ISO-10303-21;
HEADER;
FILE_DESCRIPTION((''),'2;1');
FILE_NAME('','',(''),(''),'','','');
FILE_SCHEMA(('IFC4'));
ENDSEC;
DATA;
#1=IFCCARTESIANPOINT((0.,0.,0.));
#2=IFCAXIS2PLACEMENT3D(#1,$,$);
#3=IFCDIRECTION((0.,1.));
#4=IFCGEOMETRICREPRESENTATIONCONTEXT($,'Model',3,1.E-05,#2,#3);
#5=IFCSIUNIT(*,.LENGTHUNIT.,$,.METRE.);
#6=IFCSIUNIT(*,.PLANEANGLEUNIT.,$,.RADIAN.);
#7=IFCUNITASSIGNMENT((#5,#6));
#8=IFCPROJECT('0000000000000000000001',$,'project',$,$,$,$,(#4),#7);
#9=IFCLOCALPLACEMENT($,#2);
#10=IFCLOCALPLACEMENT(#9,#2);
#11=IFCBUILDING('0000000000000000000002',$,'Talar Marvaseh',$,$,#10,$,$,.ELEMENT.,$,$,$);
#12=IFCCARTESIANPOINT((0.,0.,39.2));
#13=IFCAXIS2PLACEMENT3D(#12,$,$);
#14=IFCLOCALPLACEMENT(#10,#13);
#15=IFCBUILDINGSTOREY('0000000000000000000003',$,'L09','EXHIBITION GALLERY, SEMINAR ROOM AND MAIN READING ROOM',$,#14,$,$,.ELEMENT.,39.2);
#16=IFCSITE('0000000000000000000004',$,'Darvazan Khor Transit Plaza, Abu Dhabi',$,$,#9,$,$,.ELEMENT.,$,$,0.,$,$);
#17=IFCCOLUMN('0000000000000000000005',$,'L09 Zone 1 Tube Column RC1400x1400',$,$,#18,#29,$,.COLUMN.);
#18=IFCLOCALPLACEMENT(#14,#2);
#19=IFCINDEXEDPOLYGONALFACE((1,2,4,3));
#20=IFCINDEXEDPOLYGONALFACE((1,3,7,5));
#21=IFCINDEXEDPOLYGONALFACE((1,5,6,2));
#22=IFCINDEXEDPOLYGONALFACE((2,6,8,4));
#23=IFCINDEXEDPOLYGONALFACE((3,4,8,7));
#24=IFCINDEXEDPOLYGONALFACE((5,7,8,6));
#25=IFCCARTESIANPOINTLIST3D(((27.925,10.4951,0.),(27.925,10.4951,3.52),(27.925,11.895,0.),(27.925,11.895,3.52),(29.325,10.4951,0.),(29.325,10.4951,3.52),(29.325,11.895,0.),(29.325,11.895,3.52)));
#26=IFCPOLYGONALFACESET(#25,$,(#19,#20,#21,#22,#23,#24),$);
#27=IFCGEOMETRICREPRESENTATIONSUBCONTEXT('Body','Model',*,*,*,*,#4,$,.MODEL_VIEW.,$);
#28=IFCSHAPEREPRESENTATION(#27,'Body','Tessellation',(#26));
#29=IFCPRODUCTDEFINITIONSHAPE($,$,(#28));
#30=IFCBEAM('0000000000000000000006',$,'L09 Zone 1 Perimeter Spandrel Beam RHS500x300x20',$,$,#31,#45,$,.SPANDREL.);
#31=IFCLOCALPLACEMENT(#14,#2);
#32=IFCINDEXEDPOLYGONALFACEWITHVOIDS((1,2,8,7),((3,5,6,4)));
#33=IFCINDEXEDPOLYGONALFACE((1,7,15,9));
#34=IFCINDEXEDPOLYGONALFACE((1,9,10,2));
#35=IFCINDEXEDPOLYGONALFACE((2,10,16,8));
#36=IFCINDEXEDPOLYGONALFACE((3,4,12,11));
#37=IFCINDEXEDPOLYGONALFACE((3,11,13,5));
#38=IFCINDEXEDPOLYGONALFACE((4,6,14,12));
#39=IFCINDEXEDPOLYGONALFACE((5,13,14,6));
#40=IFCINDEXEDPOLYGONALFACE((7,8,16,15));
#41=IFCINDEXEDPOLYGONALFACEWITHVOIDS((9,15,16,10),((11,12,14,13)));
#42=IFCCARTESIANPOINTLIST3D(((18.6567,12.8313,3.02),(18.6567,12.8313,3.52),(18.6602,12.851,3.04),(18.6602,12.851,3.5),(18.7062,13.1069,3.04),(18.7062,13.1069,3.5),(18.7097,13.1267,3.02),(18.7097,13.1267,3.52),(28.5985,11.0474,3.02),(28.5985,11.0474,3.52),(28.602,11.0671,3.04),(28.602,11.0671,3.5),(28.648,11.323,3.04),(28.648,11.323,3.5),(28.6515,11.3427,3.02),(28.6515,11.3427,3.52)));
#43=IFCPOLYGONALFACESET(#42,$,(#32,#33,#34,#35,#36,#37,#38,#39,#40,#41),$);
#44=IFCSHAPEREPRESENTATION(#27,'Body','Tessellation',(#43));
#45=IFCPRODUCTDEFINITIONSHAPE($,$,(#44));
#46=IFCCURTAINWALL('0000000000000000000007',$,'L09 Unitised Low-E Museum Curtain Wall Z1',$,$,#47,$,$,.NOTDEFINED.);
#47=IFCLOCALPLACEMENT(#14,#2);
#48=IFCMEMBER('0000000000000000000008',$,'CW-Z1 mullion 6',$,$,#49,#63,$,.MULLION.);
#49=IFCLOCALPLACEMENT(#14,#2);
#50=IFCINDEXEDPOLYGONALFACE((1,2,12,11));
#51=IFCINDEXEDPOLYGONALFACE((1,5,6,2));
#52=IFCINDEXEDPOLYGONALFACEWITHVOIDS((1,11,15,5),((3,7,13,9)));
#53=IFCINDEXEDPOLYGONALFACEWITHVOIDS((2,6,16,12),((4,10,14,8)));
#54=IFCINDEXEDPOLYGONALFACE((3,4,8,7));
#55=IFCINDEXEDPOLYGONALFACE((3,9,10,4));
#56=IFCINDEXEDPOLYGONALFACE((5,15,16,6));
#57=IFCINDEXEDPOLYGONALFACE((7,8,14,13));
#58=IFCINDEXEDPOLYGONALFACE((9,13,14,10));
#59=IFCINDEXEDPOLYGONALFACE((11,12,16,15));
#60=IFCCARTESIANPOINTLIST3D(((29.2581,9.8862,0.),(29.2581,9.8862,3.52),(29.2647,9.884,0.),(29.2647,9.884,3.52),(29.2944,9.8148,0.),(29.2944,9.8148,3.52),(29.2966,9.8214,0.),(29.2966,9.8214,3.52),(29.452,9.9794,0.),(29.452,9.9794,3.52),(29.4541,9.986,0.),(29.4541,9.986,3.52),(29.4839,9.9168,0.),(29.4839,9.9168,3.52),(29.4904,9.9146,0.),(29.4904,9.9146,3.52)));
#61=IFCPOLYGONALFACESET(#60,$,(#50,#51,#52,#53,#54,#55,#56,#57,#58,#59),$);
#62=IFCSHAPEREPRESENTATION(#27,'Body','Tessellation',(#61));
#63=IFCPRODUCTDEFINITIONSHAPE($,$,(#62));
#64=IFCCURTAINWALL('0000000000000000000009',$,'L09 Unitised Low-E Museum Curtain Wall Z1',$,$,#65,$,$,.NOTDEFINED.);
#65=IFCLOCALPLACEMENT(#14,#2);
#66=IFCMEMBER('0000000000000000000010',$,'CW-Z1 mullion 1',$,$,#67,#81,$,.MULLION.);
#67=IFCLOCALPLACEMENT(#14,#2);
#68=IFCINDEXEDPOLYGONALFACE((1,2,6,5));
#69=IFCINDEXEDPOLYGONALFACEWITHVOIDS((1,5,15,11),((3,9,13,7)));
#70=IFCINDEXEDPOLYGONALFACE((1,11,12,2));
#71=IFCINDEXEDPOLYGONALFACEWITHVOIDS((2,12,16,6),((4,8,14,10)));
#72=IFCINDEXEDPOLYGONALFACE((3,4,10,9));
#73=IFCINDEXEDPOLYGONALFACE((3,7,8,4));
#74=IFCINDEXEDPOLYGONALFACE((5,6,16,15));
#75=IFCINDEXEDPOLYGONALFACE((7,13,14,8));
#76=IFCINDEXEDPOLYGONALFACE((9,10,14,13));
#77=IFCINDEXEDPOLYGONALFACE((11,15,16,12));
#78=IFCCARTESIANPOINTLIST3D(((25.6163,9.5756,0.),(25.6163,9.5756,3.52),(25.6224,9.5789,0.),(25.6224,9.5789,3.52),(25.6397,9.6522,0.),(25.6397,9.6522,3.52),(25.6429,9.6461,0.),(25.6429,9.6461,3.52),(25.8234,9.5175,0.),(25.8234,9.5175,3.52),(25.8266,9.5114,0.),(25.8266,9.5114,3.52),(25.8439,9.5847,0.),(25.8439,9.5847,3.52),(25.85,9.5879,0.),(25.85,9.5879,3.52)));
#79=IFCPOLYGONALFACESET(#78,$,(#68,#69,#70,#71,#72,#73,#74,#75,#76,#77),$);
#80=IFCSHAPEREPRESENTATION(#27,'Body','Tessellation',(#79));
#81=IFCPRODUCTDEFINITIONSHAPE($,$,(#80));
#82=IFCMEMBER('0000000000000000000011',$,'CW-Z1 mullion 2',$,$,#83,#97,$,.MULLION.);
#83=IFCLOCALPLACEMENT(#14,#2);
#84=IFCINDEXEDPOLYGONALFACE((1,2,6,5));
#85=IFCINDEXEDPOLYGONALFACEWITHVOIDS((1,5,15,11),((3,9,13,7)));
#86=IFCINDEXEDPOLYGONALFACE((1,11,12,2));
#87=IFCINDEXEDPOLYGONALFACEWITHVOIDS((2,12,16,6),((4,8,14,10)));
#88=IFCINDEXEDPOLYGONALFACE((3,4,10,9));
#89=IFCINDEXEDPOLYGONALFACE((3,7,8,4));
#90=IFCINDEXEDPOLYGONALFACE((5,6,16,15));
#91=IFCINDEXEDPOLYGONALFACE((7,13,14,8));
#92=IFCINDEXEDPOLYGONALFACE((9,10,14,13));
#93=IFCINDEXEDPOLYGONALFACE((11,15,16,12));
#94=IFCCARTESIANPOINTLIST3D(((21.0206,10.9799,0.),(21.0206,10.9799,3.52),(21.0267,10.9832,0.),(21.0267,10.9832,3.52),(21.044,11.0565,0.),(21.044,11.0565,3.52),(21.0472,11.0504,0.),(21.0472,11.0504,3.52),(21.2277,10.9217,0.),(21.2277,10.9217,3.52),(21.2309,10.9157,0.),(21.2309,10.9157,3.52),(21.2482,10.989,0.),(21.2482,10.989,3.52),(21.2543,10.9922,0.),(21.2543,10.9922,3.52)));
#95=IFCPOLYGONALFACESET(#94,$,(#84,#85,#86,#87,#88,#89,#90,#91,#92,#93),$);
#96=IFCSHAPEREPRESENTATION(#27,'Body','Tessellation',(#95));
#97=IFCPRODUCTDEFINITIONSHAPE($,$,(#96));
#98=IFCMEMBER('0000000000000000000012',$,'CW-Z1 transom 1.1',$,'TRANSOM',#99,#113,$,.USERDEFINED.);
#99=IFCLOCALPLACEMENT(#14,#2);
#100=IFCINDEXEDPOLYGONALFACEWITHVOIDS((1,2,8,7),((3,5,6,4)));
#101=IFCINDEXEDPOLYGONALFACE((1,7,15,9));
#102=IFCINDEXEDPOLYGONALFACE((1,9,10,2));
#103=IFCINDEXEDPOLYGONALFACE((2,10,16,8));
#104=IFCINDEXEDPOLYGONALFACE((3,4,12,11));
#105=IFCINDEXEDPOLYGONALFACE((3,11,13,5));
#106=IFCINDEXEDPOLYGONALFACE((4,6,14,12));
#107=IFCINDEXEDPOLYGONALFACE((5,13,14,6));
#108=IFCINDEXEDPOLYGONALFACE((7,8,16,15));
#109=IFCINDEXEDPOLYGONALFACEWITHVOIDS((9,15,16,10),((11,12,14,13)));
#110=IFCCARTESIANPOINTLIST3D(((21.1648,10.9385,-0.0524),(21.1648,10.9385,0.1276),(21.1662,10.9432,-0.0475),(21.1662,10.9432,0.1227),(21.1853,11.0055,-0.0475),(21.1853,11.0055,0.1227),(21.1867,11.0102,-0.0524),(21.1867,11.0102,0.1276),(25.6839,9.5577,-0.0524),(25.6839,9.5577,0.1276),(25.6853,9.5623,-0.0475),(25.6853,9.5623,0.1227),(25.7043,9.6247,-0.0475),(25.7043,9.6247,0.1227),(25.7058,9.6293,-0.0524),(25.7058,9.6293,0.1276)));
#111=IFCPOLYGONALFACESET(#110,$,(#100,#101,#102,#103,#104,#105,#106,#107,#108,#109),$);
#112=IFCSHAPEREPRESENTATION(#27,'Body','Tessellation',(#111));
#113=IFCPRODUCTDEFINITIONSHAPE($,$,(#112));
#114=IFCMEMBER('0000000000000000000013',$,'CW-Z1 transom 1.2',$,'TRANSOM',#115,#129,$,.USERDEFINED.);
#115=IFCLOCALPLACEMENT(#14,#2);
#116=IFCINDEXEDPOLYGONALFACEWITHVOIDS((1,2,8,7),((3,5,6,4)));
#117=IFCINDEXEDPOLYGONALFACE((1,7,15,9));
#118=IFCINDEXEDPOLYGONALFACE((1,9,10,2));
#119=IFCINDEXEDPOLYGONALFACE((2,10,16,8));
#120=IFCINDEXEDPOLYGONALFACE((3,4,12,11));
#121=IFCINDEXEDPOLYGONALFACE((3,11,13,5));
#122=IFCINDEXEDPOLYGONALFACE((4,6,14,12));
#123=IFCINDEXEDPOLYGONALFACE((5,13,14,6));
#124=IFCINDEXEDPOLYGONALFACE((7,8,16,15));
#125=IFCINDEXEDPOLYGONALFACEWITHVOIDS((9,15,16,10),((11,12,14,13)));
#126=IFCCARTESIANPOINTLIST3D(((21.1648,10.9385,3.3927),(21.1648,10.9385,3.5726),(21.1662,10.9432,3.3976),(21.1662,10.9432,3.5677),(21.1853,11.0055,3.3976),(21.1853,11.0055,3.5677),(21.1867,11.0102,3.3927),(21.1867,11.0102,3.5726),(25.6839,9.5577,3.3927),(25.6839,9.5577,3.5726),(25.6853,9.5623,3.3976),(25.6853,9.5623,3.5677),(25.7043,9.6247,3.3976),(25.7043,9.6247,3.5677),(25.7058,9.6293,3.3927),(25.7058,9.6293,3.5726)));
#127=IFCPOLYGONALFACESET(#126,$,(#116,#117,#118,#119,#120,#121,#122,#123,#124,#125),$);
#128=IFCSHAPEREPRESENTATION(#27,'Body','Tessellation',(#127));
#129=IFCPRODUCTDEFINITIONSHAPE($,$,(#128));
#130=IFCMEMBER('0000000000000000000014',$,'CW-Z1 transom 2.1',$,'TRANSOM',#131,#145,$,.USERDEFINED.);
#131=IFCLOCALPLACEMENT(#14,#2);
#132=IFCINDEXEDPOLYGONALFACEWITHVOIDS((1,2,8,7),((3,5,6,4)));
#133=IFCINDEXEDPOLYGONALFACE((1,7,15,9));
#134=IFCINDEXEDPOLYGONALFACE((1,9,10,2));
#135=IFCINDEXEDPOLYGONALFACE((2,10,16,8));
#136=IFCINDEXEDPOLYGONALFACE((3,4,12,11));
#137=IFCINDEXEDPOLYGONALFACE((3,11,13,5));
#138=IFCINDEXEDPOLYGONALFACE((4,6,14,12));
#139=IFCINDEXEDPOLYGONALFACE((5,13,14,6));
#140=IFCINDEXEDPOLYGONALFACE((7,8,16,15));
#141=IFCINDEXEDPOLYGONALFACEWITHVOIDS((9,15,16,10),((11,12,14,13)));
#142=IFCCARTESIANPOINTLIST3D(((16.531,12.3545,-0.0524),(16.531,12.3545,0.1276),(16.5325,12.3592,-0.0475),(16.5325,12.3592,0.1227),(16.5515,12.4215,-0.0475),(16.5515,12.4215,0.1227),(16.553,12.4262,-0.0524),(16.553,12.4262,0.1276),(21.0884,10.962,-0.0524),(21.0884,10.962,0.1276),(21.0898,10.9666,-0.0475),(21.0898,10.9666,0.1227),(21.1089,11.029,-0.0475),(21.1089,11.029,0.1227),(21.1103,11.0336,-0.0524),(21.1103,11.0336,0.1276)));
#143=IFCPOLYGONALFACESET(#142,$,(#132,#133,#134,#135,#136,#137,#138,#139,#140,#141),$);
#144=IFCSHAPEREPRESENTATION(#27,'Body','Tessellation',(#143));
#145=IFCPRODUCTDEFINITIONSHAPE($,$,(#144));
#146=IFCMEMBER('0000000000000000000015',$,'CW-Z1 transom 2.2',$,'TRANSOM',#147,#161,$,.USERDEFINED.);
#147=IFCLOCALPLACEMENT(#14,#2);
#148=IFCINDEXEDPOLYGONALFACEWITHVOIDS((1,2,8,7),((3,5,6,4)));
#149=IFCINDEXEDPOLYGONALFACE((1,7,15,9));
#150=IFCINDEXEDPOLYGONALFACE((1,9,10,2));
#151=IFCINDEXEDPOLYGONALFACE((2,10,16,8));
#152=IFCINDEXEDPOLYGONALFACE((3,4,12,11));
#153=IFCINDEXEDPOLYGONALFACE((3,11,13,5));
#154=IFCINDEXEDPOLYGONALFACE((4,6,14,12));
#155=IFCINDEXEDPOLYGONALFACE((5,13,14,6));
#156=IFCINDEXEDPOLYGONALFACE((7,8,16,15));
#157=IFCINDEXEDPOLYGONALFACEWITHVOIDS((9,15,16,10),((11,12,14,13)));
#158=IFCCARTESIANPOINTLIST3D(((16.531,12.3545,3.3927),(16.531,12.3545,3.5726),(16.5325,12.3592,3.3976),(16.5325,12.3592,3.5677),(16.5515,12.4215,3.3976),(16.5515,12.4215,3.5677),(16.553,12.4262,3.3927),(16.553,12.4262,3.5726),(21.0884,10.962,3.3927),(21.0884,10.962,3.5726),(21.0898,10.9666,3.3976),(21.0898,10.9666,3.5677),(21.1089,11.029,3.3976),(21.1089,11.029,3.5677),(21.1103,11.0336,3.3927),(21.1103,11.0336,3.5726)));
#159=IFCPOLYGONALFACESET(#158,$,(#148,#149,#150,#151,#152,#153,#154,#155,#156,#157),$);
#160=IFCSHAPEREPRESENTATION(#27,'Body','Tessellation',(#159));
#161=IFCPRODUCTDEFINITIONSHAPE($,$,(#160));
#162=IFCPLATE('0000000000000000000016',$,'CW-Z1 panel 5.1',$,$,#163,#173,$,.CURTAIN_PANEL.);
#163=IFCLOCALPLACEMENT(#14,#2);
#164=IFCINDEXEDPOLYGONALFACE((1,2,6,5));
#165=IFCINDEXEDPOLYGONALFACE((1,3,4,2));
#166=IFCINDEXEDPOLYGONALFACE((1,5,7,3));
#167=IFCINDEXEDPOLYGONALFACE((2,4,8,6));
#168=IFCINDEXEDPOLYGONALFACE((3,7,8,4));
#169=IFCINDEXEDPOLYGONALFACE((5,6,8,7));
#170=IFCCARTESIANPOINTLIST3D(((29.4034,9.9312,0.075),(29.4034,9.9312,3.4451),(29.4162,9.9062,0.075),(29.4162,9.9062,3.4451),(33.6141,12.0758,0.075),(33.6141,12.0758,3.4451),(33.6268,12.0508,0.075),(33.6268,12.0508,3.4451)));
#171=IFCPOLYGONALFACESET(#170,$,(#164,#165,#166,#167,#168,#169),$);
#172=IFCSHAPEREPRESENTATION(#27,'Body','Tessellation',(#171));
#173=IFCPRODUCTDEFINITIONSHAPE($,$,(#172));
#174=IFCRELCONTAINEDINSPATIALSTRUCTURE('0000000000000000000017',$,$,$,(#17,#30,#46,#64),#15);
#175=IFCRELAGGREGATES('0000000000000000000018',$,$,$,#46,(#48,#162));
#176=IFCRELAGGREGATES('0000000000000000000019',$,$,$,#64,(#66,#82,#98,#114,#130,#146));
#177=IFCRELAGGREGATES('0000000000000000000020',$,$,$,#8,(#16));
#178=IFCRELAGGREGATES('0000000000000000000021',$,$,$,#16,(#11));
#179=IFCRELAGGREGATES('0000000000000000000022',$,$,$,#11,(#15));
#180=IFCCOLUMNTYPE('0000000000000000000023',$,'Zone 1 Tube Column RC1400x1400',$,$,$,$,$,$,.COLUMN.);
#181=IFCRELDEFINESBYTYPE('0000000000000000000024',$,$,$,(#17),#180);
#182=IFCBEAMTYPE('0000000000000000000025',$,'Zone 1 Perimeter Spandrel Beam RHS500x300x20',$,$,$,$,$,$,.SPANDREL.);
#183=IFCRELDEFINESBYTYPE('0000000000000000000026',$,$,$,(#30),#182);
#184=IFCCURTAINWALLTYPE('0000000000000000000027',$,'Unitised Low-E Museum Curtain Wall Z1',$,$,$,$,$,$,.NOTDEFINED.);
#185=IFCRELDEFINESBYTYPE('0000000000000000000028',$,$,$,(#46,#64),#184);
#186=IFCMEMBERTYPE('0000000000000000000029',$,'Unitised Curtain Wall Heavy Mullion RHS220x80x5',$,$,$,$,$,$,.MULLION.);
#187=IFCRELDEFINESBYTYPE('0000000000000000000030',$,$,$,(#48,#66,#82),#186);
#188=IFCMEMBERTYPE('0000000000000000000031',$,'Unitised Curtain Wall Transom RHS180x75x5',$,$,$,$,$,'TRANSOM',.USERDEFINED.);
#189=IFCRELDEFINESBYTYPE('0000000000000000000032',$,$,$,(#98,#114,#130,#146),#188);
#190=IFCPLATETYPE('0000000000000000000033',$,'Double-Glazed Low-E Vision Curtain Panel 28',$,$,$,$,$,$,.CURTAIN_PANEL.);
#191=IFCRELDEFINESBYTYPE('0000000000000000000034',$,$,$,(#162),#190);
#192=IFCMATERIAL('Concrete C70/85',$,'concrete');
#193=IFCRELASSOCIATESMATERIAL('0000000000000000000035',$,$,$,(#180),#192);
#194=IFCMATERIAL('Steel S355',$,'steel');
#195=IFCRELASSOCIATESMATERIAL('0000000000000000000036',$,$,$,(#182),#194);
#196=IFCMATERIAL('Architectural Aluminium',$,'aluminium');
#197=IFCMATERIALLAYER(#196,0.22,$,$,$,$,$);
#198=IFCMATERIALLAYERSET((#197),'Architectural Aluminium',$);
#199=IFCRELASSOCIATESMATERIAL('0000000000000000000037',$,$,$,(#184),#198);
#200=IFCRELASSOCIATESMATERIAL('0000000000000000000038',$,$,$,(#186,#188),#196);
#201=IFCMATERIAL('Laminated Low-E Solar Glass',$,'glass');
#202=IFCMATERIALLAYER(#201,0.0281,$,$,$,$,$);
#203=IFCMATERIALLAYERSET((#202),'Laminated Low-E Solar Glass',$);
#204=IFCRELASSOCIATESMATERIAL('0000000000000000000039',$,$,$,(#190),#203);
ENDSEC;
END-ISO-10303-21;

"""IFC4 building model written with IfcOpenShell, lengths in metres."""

from ifc_helpers import new_model, si_unit, direction, frame, origin, origin_2d, place, context, subcontext, project, spatial, rectangle, hollow_rectangle, extrude, source, transform, mapped, material, layer, layer_set, material_profile, profile_set, type_object, type_shapes, element, aggregate, save


model = new_model("IFC4")

# Units and contexts
model_context = context("Model", 3, precision=1e-05, world=origin(), true_north=direction((0.0, 1.0)))
body_context = subcontext(model_context, "Body", "Model", "MODEL_VIEW")
ifc_project = project(units=[si_unit("LENGTHUNIT", "METRE"), si_unit("PLANEANGLEUNIT", "RADIAN")], contexts=[model_context])

# Site, building, storey
site_placement = place(None, origin())
site = spatial("IfcSite", under=ifc_project, at=site_placement, Name="Darvazan Khor Transit Plaza, Abu Dhabi", CompositionType="ELEMENT", RefElevation=0.0)
building_placement = place(site_placement, origin())
building = spatial("IfcBuilding", under=site, at=building_placement, Name="Talar Marvaseh", CompositionType="ELEMENT")
storey_placement = place(building_placement, frame((0.0, 0.0, 39.2)))
storey = spatial("IfcBuildingStorey", under=building, at=storey_placement, Name="L09", Description="EXHIBITION GALLERY, SEMINAR ROOM AND MAIN READING ROOM", CompositionType="ELEMENT", Elevation=39.2)

# Column
ifc_material_1 = material(Name="Concrete C70/85", Category="concrete")
ifc_material_profile_1 = material_profile(ifc_material_1, rectangle(XDim=1.3999, YDim=1.3999, at=origin_2d()), Name="RC1400x1400")
ifc_profile_set_1 = profile_set([ifc_material_profile_1], Name="Concrete C70/85")
column_type = type_object("IfcColumnType", Name="Zone 1 Tube Column RC1400x1400", PredefinedType="COLUMN", material=ifc_profile_set_1)
column_placement = place(storey_placement, frame((28.625, 11.1951, 0.0), z_axis=(0.0, 0.0, 1.0), x_axis=(1.0, 0.0, 0.0)))
element("IfcColumn", 1, at=column_placement, inside=storey, type_object=column_type, Name="L09 Zone 1 Tube Column RC1400x1400", PredefinedType="COLUMN", context=body_context, shape_type="SweptSolid", body=[
    extrude(rectangle(XDim=1.3999, YDim=1.3999, at=origin_2d()), origin(), (0.0, 0.0, 1.0), 3.52),
])

# Beam
ifc_material_2 = material(Name="Steel S355", Category="steel")
ifc_material_profile_2 = material_profile(ifc_material_2, hollow_rectangle(XDim=0.3, YDim=0.5, WallThickness=0.02, at=origin_2d()), Name="RHS500x300x20")
ifc_profile_set_2 = profile_set([ifc_material_profile_2], Name="Steel S355")
beam_type = type_object("IfcBeamType", Name="Zone 1 Perimeter Spandrel Beam RHS500x300x20", PredefinedType="SPANDREL", material=ifc_profile_set_2)
beam_placement = place(storey_placement, frame((28.625, 11.1951, 3.27), z_axis=(-0.98428, 0.176615, 0.0), x_axis=(-0.176615, -0.98428, 0.0)))
element("IfcBeam", 2, at=beam_placement, inside=storey, type_object=beam_type, Name="L09 Zone 1 Perimeter Spandrel Beam RHS500x300x20", PredefinedType="SPANDREL", context=body_context, shape_type="SweptSolid", body=[
    extrude(hollow_rectangle(XDim=0.3, YDim=0.5, WallThickness=0.02, at=origin_2d()), origin(), (0.0, 0.0, 1.0), 10.1006),
])

# Curtain wall, member
ifc_material_3 = material(Name="Architectural Aluminium", Category="aluminium")
ifc_layer_1 = layer(ifc_material_3, 0.22)
ifc_layer_set_1 = layer_set([ifc_layer_1], Name="Architectural Aluminium")
curtain_wall_type = type_object("IfcCurtainWallType", Name="Unitised Low-E Museum Curtain Wall Z1", PredefinedType="NOTDEFINED", material=ifc_layer_set_1)
curtain_wall_1_placement = place(storey_placement, origin())
curtain_wall_1 = element("IfcCurtainWall", 3, at=curtain_wall_1_placement, inside=storey, type_object=curtain_wall_type, Name="L09 Unitised Low-E Museum Curtain Wall Z1", PredefinedType="NOTDEFINED")
ifc_material_profile_3 = material_profile(ifc_material_3, hollow_rectangle(XDim=0.0801, YDim=0.22, WallThickness=0.0049, at=origin_2d()), Name="RHS220x80x5")
ifc_profile_set_3 = profile_set([ifc_material_profile_3], Name="Architectural Aluminium")
member_type_1 = type_object("IfcMemberType", Name="Unitised Curtain Wall Heavy Mullion RHS220x80x5", PredefinedType="MULLION", material=ifc_profile_set_3)
shared_shape_1 = source(origin(), body_context, "Body", "SweptSolid", [
    extrude(hollow_rectangle(XDim=0.0801, YDim=0.22, WallThickness=0.0049, at=origin_2d()), origin(), (0.0, 0.0, 1.0), 3.52),
])
type_shapes(member_type_1, [shared_shape_1])
member_1_placement = place(storey_placement, frame((29.3743, 9.9004, 0.0), z_axis=(0.0, 0.0, 1.0), x_axis=(0.45385, -0.891078, 0.0)))
member_1 = element("IfcMember", 4, at=member_1_placement, type_object=member_type_1, Name="CW-Z1 mullion 6", PredefinedType="MULLION", context=body_context, shape_type="MappedRepresentation", body=[
    mapped(shared_shape_1, transform((0.0, 0.0, 0.0), x_axis=(1.0, 0.0, 0.0), y_axis=(0.0, 1.0, 0.0), z_axis=(0.0, 0.0, 1.0), scale=1.0)),
])

# Curtain wall, members
curtain_wall_2_placement = place(storey_placement, origin())
curtain_wall_2 = element("IfcCurtainWall", 5, at=curtain_wall_2_placement, inside=storey, type_object=curtain_wall_type, Name="L09 Unitised Low-E Museum Curtain Wall Z1", PredefinedType="NOTDEFINED")
member_2_placement = place(storey_placement, frame((25.7332, 9.5818, 0.0), z_axis=(0.0, 0.0, 1.0), x_axis=(-0.292223, -0.95635, 0.0)))
member_2 = element("IfcMember", 6, at=member_2_placement, type_object=member_type_1, Name="CW-Z1 mullion 1", PredefinedType="MULLION", context=body_context, shape_type="MappedRepresentation", body=[
    mapped(shared_shape_1, transform((0.0, 0.0, 0.0), x_axis=(1.0, 0.0, 0.0), y_axis=(0.0, 1.0, 0.0), z_axis=(0.0, 0.0, 1.0), scale=1.0)),
])
member_3_placement = place(storey_placement, frame((21.1375, 10.9861, 0.0), z_axis=(0.0, 0.0, 1.0), x_axis=(-0.292223, -0.95635, 0.0)))
member_3 = element("IfcMember", 7, at=member_3_placement, type_object=member_type_1, Name="CW-Z1 mullion 2", PredefinedType="MULLION", context=body_context, shape_type="MappedRepresentation", body=[
    mapped(shared_shape_1, transform((0.0, 0.0, 0.0), x_axis=(1.0, 0.0, 0.0), y_axis=(0.0, 1.0, 0.0), z_axis=(0.0, 0.0, 1.0), scale=1.0)),
])
ifc_material_profile_4 = material_profile(ifc_material_3, hollow_rectangle(XDim=0.075, YDim=0.1799, WallThickness=0.0049, at=origin_2d()), Name="RHS180x75x5")
ifc_profile_set_4 = profile_set([ifc_material_profile_4], Name="Architectural Aluminium")
member_type_2 = type_object("IfcMemberType", Name="Unitised Curtain Wall Transom RHS180x75x5", ElementType="TRANSOM", PredefinedType="USERDEFINED", material=ifc_profile_set_4)
shared_shape_2 = source(origin(), body_context, "Body", "SweptSolid", [
    extrude(hollow_rectangle(XDim=0.075, YDim=0.1799, WallThickness=0.0049, at=origin_2d()), origin(), (0.0, 0.0, 1.0), 4.7253),
])
member_4_placement = place(storey_placement, frame((25.6948, 9.5935, 0.0376), z_axis=(-0.956349, 0.292226, 0.0), x_axis=(-0.292226, -0.956349, 0.0)))
member_4 = element("IfcMember", 8, at=member_4_placement, type_object=member_type_2, Name="CW-Z1 transom 1.1", ObjectType="TRANSOM", PredefinedType="USERDEFINED", context=body_context, shape_type="MappedRepresentation", body=[
    mapped(shared_shape_2, transform((0.0, 0.0, 0.0), x_axis=(1.0, 0.0, 0.0), y_axis=(0.0, 1.0, 0.0), z_axis=(0.0, 0.0, 1.0), scale=1.0)),
])
member_5_placement = place(storey_placement, frame((25.6948, 9.5935, 3.4827), z_axis=(-0.956349, 0.292226, 0.0), x_axis=(-0.292226, -0.956349, 0.0)))
member_5 = element("IfcMember", 9, at=member_5_placement, type_object=member_type_2, Name="CW-Z1 transom 1.2", ObjectType="TRANSOM", PredefinedType="USERDEFINED", context=body_context, shape_type="MappedRepresentation", body=[
    mapped(shared_shape_2, transform((0.0, 0.0, 0.0), x_axis=(1.0, 0.0, 0.0), y_axis=(0.0, 1.0, 0.0), z_axis=(0.0, 0.0, 1.0), scale=1.0)),
])
shared_shape_3 = source(origin(), body_context, "Body", "SweptSolid", [
    extrude(hollow_rectangle(XDim=0.075, YDim=0.1799, WallThickness=0.0049, at=origin_2d()), origin(), (0.0, 0.0, 1.0), 4.7654),
])
type_shapes(member_type_2, [shared_shape_2, shared_shape_3])
member_6_placement = place(storey_placement, frame((21.0994, 10.9978, 0.0376), z_axis=(-0.956349, 0.292228, 0.0), x_axis=(-0.292228, -0.956349, 0.0)))
member_6 = element("IfcMember", 10, at=member_6_placement, type_object=member_type_2, Name="CW-Z1 transom 2.1", ObjectType="TRANSOM", PredefinedType="USERDEFINED", context=body_context, shape_type="MappedRepresentation", body=[
    mapped(shared_shape_3, transform((0.0, 0.0, 0.0), x_axis=(1.0, 0.0, 0.0), y_axis=(0.0, 1.0, 0.0), z_axis=(0.0, 0.0, 1.0), scale=1.0)),
])
member_7_placement = place(storey_placement, frame((21.0994, 10.9978, 3.4827), z_axis=(-0.956349, 0.292228, 0.0), x_axis=(-0.292228, -0.956349, 0.0)))
member_7 = element("IfcMember", 11, at=member_7_placement, type_object=member_type_2, Name="CW-Z1 transom 2.2", ObjectType="TRANSOM", PredefinedType="USERDEFINED", context=body_context, shape_type="MappedRepresentation", body=[
    mapped(shared_shape_3, transform((0.0, 0.0, 0.0), x_axis=(1.0, 0.0, 0.0), y_axis=(0.0, 1.0, 0.0), z_axis=(0.0, 0.0, 1.0), scale=1.0)),
])

# Plate
ifc_material_4 = material(Name="Laminated Low-E Solar Glass", Category="glass")
ifc_layer_2 = layer(ifc_material_4, 0.0281)
ifc_layer_set_2 = layer_set([ifc_layer_2], Name="Laminated Low-E Solar Glass")
plate_type = type_object("IfcPlateType", Name="Double-Glazed Low-E Vision Curtain Panel 28", PredefinedType="CURTAIN_PANEL", material=ifc_layer_set_2)
shared_shape_4 = source(origin(), body_context, "Body", "SweptSolid", [
    extrude(rectangle(XDim=4.7253, YDim=0.0281, at=origin_2d()), origin(), (0.0, 0.0, 1.0), 3.3701),
])
type_shapes(plate_type, [shared_shape_4])
plate_1_placement = place(storey_placement, frame((31.5151, 10.991, 0.075), z_axis=(0.0, 0.0, 1.0), x_axis=(-0.891078, -0.45385, 0.0)))
plate_1 = element("IfcPlate", 12, at=plate_1_placement, type_object=plate_type, Name="CW-Z1 panel 5.1", PredefinedType="CURTAIN_PANEL", context=body_context, shape_type="MappedRepresentation", body=[
    mapped(shared_shape_4, transform((0.0, 0.0, 0.0), x_axis=(1.0, 0.0, 0.0), y_axis=(0.0, 1.0, 0.0), z_axis=(0.0, 0.0, 1.0), scale=1.0)),
])
aggregate(curtain_wall_1, [member_1, plate_1])
aggregate(curtain_wall_2, [member_2, member_3, member_4, member_5, member_6, member_7])

save(model, "model.ifc")
